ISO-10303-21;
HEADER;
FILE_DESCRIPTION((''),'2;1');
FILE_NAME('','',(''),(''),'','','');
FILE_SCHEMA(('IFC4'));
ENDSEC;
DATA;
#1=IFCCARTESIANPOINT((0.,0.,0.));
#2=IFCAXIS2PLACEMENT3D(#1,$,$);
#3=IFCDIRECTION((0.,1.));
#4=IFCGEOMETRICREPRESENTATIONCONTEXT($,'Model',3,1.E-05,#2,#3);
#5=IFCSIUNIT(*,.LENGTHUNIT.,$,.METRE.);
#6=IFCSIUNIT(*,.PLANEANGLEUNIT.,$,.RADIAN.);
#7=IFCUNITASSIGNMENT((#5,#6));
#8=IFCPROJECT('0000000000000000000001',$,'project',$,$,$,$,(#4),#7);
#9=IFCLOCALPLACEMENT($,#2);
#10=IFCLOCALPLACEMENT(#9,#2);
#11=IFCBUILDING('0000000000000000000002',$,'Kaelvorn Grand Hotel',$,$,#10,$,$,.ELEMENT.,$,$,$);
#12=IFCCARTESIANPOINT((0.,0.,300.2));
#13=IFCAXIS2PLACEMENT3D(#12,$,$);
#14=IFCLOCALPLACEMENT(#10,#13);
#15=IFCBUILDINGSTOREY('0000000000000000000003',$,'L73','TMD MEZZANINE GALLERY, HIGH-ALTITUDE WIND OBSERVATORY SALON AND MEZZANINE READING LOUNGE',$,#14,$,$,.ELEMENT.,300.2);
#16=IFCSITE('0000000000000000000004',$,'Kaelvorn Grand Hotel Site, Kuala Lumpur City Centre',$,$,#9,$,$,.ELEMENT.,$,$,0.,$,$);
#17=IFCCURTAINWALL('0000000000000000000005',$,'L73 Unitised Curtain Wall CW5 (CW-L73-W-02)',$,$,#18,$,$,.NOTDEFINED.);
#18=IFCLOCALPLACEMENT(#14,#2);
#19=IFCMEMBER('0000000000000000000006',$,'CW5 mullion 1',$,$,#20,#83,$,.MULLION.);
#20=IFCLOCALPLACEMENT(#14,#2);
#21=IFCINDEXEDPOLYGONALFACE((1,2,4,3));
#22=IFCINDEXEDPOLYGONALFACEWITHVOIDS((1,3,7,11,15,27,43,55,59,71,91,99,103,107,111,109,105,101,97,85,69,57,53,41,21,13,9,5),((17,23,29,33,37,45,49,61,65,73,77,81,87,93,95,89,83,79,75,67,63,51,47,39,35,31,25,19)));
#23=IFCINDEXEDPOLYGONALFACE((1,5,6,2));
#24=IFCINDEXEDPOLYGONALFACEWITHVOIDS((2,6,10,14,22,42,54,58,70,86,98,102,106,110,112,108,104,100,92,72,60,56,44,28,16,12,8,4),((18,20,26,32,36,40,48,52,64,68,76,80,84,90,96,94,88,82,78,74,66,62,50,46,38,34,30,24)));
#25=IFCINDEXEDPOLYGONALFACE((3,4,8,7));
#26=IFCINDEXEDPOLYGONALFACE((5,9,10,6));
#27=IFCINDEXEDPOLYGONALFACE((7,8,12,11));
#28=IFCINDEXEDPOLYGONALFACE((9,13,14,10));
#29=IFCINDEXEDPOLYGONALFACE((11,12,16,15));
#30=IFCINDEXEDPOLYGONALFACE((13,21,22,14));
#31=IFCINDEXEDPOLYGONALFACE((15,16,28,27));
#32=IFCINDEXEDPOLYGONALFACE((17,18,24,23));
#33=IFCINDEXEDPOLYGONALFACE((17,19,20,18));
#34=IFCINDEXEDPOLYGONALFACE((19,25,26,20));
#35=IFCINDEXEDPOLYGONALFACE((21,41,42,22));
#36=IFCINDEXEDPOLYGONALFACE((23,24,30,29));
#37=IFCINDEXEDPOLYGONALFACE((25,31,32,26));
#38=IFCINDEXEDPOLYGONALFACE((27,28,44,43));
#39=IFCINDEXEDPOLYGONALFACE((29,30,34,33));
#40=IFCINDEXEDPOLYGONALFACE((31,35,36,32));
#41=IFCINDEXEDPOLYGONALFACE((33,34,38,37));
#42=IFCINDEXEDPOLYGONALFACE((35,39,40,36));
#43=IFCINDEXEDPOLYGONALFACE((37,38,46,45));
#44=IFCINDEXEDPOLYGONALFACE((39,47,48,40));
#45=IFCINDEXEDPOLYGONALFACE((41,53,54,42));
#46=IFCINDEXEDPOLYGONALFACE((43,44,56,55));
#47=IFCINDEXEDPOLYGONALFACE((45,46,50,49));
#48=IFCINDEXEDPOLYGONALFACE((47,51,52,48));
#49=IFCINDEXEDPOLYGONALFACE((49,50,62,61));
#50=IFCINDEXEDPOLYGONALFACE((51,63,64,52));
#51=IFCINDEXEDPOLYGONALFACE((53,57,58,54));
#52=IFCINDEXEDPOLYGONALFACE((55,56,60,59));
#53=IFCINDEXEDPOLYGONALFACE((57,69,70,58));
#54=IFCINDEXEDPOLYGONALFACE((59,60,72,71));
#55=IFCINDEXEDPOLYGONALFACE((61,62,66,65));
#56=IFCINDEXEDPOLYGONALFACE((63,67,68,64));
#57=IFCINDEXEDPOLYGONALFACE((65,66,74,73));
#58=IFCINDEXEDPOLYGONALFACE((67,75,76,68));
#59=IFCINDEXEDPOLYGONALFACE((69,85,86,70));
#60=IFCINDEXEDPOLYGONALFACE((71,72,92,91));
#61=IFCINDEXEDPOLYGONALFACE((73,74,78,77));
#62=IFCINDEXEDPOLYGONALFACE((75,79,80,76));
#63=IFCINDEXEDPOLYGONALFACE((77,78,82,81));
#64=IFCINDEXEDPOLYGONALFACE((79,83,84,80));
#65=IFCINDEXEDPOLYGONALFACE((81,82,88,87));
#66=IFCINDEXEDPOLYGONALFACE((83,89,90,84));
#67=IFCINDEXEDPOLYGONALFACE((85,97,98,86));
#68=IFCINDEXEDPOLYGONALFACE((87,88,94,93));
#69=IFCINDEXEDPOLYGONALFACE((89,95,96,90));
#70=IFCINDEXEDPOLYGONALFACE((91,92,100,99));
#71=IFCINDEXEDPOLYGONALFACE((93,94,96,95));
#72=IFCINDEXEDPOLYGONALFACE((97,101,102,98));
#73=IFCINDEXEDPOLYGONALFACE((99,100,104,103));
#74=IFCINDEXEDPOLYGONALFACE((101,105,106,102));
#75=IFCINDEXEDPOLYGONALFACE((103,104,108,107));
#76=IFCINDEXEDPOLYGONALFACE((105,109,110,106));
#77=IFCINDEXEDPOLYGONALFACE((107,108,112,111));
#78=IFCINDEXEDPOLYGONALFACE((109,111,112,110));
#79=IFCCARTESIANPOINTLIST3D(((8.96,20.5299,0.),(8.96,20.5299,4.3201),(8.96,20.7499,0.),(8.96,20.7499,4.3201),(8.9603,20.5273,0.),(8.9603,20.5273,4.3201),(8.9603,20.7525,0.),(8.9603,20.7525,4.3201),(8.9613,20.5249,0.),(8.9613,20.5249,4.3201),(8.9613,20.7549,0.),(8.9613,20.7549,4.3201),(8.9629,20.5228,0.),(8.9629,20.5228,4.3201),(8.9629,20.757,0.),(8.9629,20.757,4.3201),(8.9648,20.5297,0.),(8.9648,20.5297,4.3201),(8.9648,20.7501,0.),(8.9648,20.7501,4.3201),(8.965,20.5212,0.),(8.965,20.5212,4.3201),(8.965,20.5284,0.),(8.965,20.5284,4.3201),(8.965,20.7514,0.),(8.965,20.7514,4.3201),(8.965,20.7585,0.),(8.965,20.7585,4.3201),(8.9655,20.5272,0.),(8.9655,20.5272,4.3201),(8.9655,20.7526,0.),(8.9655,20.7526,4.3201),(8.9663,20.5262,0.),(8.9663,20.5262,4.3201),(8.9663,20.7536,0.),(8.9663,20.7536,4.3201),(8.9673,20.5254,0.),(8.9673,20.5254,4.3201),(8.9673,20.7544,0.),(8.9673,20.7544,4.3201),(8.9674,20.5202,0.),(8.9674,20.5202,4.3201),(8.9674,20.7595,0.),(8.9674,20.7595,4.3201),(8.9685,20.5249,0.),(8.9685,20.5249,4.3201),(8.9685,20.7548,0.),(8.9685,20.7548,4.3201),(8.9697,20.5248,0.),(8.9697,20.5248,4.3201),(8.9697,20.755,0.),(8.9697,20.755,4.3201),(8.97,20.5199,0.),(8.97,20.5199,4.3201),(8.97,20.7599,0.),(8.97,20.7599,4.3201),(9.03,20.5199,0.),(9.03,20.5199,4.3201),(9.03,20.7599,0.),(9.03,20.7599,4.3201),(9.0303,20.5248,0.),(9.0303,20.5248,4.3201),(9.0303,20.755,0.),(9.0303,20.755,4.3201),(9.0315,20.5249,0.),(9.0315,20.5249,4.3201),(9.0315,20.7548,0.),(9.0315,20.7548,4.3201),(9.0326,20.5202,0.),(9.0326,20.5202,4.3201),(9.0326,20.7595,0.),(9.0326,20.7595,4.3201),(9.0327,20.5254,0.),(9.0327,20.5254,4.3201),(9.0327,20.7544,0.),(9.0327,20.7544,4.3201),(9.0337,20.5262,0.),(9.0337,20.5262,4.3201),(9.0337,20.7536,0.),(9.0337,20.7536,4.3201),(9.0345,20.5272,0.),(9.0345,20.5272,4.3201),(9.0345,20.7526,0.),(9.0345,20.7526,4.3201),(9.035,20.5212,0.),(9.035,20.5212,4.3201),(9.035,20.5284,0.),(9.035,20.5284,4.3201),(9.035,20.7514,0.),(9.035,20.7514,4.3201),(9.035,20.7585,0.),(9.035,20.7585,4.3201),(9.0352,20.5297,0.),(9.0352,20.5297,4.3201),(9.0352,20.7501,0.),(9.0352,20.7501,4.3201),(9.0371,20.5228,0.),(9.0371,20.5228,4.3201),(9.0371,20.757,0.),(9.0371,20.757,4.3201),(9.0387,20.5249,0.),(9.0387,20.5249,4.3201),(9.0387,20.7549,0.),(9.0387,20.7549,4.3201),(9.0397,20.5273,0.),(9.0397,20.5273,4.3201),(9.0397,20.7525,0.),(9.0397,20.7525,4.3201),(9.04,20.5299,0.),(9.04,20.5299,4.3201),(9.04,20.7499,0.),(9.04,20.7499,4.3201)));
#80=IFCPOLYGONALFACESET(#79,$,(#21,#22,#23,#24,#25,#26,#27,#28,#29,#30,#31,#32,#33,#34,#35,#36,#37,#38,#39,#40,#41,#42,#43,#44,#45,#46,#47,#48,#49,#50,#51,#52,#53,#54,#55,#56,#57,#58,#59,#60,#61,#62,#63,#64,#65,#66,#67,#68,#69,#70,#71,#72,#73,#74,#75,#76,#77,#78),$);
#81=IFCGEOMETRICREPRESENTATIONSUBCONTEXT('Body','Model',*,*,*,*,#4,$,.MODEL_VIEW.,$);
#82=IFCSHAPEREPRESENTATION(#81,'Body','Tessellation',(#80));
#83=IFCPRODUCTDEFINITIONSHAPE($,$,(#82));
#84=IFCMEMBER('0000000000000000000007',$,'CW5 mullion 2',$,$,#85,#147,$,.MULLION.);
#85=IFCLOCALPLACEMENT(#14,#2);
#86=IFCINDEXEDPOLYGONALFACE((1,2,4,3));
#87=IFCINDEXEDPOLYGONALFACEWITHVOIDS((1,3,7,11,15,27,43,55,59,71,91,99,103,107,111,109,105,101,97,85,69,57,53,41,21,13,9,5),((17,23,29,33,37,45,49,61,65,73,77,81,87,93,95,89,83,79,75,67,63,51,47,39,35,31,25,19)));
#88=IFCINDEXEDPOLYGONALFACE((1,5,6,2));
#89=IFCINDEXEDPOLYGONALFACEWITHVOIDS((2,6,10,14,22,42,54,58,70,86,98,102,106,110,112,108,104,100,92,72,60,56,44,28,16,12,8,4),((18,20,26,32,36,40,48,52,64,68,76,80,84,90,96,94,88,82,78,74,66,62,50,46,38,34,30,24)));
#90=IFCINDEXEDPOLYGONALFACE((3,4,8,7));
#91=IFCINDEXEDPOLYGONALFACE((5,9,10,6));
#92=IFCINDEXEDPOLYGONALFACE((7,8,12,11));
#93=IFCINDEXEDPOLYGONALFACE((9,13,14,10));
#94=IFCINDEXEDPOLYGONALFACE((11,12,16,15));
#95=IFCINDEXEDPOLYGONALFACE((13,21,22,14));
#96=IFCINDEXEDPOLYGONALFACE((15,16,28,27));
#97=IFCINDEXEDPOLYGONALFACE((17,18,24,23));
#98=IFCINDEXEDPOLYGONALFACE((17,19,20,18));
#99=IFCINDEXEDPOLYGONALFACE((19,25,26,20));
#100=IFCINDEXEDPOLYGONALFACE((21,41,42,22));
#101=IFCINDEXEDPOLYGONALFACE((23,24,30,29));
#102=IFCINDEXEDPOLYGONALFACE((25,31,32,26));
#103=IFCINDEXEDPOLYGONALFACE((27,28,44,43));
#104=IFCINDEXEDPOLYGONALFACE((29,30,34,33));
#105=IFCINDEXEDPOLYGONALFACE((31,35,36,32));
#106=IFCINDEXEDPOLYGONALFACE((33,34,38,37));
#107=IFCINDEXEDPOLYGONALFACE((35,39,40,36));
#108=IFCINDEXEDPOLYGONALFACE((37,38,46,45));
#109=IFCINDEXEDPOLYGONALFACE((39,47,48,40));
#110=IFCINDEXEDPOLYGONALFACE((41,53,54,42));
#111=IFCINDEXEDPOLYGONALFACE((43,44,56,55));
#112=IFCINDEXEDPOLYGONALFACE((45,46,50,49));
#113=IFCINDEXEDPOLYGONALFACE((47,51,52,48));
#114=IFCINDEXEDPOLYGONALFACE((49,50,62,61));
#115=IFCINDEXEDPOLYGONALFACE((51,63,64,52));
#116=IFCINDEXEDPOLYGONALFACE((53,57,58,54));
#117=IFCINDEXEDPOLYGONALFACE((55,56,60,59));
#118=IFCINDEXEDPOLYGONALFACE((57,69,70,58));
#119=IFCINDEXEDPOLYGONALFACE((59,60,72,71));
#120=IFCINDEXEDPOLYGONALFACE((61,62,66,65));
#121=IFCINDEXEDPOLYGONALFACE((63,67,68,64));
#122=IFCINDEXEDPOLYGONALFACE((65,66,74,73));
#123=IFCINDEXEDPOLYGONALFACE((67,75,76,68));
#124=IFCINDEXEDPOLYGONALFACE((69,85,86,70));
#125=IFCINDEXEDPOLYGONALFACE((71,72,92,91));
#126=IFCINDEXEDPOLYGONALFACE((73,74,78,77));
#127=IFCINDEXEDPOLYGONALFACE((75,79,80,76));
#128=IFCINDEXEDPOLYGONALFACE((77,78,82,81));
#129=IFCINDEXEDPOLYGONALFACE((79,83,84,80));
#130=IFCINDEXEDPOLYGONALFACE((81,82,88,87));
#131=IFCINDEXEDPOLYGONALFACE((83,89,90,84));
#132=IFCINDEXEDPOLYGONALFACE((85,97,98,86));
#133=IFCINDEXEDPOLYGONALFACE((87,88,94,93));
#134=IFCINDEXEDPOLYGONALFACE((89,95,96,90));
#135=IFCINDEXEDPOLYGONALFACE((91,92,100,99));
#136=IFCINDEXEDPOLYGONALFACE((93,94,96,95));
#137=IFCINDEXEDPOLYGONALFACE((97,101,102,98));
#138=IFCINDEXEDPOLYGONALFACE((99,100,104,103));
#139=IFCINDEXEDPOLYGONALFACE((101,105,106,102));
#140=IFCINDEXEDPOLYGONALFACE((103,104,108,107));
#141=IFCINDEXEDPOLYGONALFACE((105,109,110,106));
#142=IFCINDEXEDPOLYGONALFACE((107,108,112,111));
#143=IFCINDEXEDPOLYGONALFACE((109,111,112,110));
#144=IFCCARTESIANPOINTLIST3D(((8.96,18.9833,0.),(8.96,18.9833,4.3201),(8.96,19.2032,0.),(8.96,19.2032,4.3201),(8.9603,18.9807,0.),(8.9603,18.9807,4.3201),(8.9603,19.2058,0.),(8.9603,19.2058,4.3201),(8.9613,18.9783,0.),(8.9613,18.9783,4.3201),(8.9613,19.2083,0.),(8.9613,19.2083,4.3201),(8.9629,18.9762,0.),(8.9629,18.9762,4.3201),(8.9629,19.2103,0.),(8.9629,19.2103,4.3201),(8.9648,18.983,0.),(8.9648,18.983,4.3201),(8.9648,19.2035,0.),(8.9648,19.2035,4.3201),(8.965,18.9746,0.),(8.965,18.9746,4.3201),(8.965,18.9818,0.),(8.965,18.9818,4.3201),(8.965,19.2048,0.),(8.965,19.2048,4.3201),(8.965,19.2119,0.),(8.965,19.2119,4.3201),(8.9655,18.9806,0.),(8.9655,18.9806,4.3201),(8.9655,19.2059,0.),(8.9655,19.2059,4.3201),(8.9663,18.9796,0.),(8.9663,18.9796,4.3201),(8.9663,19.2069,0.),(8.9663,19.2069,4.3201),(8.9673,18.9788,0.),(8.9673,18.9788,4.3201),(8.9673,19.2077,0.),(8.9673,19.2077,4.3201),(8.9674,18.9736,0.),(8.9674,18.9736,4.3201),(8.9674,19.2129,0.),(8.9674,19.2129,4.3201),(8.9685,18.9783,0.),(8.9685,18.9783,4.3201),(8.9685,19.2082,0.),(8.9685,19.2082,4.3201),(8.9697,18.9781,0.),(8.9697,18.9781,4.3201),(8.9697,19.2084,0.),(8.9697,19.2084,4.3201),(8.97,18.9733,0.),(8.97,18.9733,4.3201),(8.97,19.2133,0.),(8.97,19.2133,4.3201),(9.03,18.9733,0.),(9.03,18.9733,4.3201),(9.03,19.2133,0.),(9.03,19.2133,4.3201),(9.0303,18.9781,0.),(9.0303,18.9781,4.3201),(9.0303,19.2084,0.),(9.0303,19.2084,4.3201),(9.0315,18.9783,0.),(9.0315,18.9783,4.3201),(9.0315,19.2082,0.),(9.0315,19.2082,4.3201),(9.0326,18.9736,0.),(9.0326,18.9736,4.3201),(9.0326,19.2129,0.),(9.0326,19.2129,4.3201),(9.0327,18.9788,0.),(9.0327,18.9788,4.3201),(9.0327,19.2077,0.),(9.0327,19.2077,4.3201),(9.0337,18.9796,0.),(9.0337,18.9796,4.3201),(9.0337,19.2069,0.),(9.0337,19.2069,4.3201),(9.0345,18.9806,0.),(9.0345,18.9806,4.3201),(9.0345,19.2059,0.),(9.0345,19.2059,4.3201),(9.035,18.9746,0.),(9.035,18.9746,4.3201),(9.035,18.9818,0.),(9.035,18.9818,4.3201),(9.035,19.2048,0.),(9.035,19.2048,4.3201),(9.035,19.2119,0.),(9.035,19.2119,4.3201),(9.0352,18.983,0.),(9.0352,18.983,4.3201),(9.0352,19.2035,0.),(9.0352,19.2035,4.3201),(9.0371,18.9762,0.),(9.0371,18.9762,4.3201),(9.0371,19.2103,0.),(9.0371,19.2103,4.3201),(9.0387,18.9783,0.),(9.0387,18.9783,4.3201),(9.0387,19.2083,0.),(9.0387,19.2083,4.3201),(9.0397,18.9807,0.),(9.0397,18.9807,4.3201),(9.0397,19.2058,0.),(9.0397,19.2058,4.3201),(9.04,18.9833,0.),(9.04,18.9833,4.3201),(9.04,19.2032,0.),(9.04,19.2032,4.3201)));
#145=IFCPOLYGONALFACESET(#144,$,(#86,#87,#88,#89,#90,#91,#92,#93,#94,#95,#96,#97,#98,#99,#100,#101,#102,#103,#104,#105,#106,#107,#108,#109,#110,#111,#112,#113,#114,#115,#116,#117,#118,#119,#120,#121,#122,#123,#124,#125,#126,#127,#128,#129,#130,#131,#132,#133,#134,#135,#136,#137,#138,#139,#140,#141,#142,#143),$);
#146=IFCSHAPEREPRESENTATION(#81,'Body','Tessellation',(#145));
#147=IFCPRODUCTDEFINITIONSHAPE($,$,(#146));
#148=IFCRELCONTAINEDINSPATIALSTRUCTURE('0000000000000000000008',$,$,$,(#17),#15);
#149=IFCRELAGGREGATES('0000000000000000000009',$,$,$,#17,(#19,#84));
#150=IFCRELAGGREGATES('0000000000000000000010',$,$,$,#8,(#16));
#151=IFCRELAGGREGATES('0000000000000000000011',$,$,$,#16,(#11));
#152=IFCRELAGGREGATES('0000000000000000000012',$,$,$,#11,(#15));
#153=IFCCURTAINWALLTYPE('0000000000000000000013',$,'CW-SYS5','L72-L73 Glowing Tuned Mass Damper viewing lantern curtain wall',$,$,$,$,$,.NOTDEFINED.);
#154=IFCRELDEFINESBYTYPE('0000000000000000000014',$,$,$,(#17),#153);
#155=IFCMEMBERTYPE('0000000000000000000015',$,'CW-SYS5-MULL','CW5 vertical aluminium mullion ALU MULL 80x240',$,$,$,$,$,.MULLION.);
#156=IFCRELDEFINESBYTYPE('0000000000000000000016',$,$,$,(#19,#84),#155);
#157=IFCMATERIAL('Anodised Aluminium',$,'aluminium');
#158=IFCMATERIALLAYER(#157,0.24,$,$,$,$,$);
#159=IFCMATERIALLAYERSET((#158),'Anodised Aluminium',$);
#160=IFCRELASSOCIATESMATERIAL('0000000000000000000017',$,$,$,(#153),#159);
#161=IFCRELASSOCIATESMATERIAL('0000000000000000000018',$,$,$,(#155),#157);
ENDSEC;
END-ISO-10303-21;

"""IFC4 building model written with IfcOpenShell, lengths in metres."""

from ifc_helpers import new_model, si_unit, direction, frame, origin, origin_2d, place, context, subcontext, project, spatial, hollow_rectangle, extrude, material, layer, layer_set, material_profile, profile_set, type_object, element, aggregate, save


model = new_model("IFC4")

# Units and contexts
model_context = context("Model", 3, precision=1e-05, world=origin(), true_north=direction((0.0, 1.0)))
body_context = subcontext(model_context, "Body", "Model", "MODEL_VIEW")
ifc_project = project(units=[si_unit("LENGTHUNIT", "METRE"), si_unit("PLANEANGLEUNIT", "RADIAN")], contexts=[model_context])

# Site, building, storey
site_placement = place(None, origin())
site = spatial("IfcSite", under=ifc_project, at=site_placement, Name="Kaelvorn Grand Hotel Site, Kuala Lumpur City Centre", CompositionType="ELEMENT", RefElevation=0.0)
building_placement = place(site_placement, origin())
building = spatial("IfcBuilding", under=site, at=building_placement, Name="Kaelvorn Grand Hotel", CompositionType="ELEMENT")
storey_placement = place(building_placement, frame((0.0, 0.0, 300.2)))
storey = spatial("IfcBuildingStorey", under=building, at=storey_placement, Name="L73", Description="TMD MEZZANINE GALLERY, HIGH-ALTITUDE WIND OBSERVATORY SALON AND MEZZANINE READING LOUNGE", CompositionType="ELEMENT", Elevation=300.2)

# Curtain wall, members
ifc_material_1 = material(Name="Anodised Aluminium", Category="aluminium")
ifc_layer_1 = layer(ifc_material_1, 0.24)
ifc_layer_set_1 = layer_set([ifc_layer_1], Name="Anodised Aluminium")
curtain_wall_type = type_object("IfcCurtainWallType", Name="CW-SYS5", Description="L72-L73 Glowing Tuned Mass Damper viewing lantern curtain wall", PredefinedType="NOTDEFINED", material=ifc_layer_set_1)
ifc_material_profile_1 = material_profile(ifc_material_1, hollow_rectangle(XDim=0.0801, YDim=0.24, WallThickness=0.0049, InnerFilletRadius=0.0049, OuterFilletRadius=0.01, at=origin_2d()), Name="ALU MULL 80x240")
ifc_profile_set_1 = profile_set([ifc_material_profile_1], Name="Anodised Aluminium")
member_type_1 = type_object("IfcMemberType", Name="CW-SYS5-MULL", Description="CW5 vertical aluminium mullion ALU MULL 80x240", PredefinedType="MULLION", material=ifc_profile_set_1)
curtain_wall_1_placement = place(storey_placement, origin())
curtain_wall_1 = element("IfcCurtainWall", 1, at=curtain_wall_1_placement, inside=storey, type_object=curtain_wall_type, Name="L73 Unitised Curtain Wall CW5 (CW-L73-W-02)", PredefinedType="NOTDEFINED")
member_1_placement = place(storey_placement, frame((9.0, 20.6399, 0.0), z_axis=(0.0, 0.0, 1.0), x_axis=(1.0, 0.0, 0.0)))
member_1 = element("IfcMember", 2, at=member_1_placement, type_object=member_type_1, Name="CW5 mullion 1", PredefinedType="MULLION", context=body_context, shape_type="SweptSolid", body=[
    extrude(hollow_rectangle(XDim=0.0801, YDim=0.24, WallThickness=0.0049, InnerFilletRadius=0.0049, OuterFilletRadius=0.01, at=origin_2d()), origin(), (0.0, 0.0, 1.0), 4.3201),
])
member_2_placement = place(storey_placement, frame((9.0, 19.0933, 0.0), z_axis=(0.0, 0.0, 1.0), x_axis=(1.0, 0.0, 0.0)))
member_2 = element("IfcMember", 3, at=member_2_placement, type_object=member_type_1, Name="CW5 mullion 2", PredefinedType="MULLION", context=body_context, shape_type="SweptSolid", body=[
    extrude(hollow_rectangle(XDim=0.0801, YDim=0.24, WallThickness=0.0049, InnerFilletRadius=0.0049, OuterFilletRadius=0.01, at=origin_2d()), origin(), (0.0, 0.0, 1.0), 4.3201),
])

aggregate(curtain_wall_1, [member_1, member_2])

save(model, "model.ifc")
